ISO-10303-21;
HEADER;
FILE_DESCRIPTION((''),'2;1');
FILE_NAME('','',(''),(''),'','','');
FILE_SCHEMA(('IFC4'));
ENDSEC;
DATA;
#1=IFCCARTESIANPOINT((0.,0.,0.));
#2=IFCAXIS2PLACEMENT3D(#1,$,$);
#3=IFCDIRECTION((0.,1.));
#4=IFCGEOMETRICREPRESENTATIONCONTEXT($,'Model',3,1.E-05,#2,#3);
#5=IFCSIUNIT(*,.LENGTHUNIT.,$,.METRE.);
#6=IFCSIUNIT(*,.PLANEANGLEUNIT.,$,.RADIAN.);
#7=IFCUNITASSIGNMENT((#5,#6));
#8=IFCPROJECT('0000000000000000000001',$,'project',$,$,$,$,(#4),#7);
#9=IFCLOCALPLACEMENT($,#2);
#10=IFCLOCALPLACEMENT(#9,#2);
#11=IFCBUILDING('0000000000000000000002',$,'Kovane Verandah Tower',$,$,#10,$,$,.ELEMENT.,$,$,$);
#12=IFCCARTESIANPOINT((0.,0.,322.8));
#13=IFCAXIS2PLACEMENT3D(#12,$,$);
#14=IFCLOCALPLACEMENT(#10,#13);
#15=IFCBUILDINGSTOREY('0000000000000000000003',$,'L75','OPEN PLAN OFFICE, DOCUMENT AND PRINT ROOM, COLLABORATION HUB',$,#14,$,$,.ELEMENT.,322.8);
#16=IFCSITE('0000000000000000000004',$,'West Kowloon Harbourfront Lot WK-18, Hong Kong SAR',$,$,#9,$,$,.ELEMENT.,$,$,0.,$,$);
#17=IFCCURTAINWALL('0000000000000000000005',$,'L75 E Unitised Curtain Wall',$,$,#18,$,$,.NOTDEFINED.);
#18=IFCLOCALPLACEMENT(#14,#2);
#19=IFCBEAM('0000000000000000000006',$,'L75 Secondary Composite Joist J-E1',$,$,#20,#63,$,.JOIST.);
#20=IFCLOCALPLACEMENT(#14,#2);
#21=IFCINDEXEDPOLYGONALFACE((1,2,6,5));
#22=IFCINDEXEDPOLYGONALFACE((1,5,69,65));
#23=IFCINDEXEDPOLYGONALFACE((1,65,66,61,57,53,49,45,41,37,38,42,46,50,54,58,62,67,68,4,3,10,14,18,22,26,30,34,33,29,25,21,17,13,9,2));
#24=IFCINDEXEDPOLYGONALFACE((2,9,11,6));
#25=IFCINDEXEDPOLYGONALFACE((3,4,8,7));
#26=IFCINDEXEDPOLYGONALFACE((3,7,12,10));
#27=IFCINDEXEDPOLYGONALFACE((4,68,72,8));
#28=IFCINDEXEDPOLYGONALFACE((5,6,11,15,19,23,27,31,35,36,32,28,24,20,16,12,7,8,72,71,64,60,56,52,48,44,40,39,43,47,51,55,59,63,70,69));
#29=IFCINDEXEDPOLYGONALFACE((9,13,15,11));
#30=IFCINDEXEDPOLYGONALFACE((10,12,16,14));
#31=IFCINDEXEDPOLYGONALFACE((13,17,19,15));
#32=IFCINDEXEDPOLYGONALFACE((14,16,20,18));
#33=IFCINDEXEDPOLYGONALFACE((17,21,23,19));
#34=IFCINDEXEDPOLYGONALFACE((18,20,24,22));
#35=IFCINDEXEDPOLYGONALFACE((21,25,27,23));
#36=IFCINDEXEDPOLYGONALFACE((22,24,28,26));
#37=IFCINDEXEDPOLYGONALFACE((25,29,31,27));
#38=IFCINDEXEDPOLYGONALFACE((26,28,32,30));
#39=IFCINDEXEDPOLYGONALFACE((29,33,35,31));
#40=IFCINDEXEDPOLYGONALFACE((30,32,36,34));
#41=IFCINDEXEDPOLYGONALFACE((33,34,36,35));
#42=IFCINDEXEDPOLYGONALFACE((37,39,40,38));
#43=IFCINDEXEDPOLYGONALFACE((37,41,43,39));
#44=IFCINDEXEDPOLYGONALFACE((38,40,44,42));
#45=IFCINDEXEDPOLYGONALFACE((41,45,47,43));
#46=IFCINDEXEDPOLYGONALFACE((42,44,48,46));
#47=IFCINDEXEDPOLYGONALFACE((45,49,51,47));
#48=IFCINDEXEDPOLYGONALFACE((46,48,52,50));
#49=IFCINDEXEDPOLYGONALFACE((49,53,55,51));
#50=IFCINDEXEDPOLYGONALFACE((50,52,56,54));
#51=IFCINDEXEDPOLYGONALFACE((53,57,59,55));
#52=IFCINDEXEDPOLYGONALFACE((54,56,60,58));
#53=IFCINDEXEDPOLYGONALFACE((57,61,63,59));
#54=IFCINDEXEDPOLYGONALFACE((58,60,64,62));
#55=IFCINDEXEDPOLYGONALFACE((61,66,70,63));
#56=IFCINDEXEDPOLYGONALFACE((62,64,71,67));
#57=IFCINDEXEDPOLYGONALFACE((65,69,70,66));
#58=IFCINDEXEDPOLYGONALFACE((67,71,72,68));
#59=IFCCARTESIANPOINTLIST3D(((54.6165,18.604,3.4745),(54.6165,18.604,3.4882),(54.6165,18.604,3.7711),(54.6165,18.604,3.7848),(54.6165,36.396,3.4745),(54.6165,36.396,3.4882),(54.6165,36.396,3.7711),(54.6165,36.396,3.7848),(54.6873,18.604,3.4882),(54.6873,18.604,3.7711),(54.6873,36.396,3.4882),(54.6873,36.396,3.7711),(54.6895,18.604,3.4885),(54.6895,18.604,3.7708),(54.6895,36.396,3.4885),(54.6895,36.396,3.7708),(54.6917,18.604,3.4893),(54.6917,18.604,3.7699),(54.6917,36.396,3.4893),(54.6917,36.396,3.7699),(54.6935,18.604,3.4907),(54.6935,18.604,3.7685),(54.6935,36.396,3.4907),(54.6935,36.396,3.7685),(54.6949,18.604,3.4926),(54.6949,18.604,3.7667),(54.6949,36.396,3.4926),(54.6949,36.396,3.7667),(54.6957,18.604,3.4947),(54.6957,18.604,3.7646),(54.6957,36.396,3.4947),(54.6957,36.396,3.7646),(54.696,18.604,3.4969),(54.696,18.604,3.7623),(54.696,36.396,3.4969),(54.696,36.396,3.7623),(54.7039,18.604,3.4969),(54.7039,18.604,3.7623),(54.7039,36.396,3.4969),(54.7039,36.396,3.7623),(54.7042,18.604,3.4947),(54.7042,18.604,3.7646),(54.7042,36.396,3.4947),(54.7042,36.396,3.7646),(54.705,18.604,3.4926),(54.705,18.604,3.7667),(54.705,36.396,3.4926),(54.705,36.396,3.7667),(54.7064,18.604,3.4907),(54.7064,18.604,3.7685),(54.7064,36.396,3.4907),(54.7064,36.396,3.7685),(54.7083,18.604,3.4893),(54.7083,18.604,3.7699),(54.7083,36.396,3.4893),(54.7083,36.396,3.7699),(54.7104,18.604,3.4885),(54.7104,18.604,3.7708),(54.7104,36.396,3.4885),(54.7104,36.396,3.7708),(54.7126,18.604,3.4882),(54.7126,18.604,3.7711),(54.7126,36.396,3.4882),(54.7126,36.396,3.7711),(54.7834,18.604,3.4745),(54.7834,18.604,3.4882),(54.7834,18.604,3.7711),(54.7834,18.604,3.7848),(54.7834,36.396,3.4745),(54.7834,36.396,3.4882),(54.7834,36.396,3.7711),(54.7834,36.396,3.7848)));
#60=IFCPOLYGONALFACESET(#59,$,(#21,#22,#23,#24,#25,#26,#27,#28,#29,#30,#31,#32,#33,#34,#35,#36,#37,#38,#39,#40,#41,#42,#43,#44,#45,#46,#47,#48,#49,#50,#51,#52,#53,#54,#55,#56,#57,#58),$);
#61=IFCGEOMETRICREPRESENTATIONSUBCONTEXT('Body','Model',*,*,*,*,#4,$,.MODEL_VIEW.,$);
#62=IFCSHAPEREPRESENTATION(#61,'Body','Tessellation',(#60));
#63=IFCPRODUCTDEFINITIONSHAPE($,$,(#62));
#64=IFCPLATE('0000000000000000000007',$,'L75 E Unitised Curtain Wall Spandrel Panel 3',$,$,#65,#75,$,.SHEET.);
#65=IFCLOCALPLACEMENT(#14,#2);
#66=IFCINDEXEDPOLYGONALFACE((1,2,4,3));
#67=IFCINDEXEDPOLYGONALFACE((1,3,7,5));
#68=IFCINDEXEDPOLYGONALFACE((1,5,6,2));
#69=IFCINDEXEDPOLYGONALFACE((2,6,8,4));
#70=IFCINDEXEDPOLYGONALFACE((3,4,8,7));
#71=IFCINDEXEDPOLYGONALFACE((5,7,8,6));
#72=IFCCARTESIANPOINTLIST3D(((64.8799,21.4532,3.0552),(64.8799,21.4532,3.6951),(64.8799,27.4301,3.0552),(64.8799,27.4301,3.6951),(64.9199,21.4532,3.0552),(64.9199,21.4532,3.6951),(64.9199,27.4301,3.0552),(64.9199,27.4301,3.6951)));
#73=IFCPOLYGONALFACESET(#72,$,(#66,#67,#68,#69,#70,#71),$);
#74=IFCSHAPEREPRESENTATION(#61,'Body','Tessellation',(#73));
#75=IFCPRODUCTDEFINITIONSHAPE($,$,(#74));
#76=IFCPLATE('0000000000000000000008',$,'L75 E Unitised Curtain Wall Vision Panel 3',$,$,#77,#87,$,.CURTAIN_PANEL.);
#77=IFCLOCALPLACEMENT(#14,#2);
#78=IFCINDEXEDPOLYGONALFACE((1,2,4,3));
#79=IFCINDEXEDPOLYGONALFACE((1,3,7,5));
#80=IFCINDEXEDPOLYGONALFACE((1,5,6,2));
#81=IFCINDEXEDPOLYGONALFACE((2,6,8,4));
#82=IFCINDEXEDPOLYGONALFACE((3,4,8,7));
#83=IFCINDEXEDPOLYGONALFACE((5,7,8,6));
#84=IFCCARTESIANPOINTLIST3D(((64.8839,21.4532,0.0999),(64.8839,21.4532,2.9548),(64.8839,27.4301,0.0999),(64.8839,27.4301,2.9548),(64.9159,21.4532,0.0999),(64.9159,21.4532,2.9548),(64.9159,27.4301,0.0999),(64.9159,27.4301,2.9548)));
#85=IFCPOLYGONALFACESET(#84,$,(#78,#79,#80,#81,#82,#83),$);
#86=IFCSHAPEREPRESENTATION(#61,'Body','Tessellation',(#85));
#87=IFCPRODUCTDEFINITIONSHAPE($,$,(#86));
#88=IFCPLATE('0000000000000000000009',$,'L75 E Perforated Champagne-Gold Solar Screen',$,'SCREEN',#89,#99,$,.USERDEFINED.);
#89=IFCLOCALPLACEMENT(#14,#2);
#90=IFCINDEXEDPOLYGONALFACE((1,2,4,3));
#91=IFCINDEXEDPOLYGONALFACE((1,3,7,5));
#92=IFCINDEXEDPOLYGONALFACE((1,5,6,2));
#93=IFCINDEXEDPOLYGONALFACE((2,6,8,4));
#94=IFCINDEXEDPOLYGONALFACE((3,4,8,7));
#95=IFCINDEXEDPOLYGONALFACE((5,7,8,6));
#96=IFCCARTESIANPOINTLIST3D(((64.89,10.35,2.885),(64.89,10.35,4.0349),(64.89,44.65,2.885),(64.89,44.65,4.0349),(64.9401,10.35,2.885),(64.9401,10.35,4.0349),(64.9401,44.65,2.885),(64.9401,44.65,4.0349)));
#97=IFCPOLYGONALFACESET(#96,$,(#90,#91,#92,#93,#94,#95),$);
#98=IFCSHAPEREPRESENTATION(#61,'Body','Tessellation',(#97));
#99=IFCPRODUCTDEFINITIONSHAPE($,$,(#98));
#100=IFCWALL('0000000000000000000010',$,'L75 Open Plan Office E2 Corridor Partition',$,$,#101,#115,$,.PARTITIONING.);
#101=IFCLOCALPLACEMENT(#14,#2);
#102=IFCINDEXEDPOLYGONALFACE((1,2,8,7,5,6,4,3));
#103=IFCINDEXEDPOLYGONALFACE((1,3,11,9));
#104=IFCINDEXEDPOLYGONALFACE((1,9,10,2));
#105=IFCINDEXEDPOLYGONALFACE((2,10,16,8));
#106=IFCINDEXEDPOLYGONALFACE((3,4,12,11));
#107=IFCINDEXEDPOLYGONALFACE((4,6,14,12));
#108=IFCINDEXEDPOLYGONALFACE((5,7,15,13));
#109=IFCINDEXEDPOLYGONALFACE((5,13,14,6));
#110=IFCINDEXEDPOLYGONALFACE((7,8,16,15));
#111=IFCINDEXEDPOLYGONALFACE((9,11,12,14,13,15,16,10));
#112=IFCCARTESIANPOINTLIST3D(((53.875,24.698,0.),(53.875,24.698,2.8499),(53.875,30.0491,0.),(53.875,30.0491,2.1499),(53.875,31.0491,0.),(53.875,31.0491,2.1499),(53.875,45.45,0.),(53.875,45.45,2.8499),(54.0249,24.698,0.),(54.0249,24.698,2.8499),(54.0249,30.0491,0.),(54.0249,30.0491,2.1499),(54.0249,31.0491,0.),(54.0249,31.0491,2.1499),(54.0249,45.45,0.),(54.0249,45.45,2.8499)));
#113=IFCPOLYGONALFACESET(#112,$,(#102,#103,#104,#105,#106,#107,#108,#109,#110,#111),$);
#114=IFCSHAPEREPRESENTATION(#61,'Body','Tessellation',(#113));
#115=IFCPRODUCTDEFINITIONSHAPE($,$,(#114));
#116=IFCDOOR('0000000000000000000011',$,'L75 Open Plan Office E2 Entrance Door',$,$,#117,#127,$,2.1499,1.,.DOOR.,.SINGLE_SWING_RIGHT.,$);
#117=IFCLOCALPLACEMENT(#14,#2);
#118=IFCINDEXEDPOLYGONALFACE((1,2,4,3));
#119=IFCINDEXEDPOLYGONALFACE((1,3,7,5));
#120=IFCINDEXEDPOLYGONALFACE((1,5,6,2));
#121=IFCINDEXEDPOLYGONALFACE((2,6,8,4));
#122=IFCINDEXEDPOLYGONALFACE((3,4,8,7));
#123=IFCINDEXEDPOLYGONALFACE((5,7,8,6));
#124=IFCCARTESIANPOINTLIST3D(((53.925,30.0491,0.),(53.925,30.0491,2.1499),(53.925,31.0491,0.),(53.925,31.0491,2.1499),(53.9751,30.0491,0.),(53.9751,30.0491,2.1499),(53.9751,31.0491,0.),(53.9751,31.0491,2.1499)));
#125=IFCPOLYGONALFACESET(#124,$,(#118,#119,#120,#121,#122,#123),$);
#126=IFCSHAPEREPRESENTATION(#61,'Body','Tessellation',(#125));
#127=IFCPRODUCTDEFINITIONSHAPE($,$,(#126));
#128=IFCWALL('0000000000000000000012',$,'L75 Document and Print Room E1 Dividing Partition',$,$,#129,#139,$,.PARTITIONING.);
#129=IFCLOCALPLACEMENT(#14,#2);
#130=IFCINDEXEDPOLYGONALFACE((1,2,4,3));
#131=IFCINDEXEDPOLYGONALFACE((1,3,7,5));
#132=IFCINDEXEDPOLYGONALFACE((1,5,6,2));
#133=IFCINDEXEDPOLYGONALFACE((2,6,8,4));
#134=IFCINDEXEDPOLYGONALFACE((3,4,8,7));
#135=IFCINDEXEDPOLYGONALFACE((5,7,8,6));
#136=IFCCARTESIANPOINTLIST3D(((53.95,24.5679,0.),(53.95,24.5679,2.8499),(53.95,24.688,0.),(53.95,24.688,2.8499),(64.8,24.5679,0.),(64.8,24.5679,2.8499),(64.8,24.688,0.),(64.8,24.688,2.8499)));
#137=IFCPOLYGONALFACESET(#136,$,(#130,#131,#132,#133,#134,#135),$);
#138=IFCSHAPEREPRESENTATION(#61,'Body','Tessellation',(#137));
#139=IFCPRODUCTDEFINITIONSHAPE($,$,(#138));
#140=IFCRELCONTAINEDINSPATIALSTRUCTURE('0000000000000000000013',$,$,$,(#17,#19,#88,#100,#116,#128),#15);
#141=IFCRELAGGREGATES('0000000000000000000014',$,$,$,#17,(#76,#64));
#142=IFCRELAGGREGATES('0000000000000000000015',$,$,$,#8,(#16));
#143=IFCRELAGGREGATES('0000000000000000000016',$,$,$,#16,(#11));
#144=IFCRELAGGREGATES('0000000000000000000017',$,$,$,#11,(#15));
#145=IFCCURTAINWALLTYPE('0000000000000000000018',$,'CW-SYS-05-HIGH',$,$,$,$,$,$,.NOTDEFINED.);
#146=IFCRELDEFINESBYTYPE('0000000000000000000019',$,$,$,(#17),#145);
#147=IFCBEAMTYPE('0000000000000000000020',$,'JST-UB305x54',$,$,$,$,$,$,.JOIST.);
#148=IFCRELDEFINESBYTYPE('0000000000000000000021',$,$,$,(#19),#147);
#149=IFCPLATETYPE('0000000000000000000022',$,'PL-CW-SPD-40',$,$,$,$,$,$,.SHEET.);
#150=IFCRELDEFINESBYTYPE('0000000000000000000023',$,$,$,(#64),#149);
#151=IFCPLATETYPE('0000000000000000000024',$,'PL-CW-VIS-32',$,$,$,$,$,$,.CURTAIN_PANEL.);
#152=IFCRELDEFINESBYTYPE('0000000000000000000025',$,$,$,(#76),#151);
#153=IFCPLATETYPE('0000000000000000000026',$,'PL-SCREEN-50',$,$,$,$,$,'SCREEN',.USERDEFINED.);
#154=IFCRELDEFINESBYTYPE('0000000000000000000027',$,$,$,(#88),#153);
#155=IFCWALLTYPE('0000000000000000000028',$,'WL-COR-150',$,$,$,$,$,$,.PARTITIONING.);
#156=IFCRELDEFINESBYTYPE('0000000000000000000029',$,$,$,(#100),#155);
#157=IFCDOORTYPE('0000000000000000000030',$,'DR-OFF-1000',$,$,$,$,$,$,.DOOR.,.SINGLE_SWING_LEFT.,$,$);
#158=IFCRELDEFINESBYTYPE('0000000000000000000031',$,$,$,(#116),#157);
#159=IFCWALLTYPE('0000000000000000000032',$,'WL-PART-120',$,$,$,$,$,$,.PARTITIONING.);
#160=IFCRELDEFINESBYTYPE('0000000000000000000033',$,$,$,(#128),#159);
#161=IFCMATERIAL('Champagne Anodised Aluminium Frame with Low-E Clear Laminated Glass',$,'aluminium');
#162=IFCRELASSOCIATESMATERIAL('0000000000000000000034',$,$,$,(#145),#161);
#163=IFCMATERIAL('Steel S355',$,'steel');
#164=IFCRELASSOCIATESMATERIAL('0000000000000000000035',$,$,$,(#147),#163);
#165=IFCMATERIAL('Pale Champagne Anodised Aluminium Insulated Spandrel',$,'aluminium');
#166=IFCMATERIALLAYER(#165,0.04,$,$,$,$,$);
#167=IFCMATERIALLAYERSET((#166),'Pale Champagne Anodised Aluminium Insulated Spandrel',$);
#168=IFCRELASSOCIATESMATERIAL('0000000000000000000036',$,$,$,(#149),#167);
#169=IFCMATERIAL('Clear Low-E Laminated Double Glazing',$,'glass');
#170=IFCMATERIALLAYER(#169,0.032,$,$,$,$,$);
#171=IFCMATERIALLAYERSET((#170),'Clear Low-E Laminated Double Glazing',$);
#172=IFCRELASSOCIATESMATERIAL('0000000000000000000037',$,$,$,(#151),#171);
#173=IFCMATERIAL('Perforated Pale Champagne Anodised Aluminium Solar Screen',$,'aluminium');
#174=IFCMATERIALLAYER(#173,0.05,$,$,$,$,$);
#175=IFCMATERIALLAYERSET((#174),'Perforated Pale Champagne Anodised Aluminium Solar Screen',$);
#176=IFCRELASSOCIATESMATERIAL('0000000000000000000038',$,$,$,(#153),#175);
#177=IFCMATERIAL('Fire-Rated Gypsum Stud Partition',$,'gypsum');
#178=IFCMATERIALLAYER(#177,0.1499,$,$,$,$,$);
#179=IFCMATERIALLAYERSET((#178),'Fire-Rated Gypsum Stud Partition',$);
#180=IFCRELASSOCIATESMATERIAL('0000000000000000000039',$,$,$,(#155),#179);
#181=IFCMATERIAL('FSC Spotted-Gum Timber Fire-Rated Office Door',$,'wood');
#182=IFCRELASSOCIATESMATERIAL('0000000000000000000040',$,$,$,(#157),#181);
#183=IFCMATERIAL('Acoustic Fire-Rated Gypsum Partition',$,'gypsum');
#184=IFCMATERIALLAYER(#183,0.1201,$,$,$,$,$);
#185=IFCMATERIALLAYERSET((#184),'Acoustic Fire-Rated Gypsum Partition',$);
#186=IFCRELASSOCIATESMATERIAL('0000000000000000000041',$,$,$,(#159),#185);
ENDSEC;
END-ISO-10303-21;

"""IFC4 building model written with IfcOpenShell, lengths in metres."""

from ifc_helpers import new_model, si_unit, direction, frame, frame_2d, origin, origin_2d, place, context, subcontext, project, spatial, rectangle, i_section, extrude, material, layer, layer_set, material_profile, profile_set, type_object, element, fill, aggregate, save


model = new_model("IFC4")

# Units and contexts
model_context = context("Model", 3, precision=1e-05, world=origin(), true_north=direction((0.0, 1.0)))
body_context = subcontext(model_context, "Body", "Model", "MODEL_VIEW")
ifc_project = project(units=[si_unit("LENGTHUNIT", "METRE"), si_unit("PLANEANGLEUNIT", "RADIAN")], contexts=[model_context])

# Site, building, storey
site_placement = place(None, origin())
site = spatial("IfcSite", under=ifc_project, at=site_placement, Name="West Kowloon Harbourfront Lot WK-18, Hong Kong SAR", CompositionType="ELEMENT", RefElevation=0.0)
building_placement = place(site_placement, origin())
building = spatial("IfcBuilding", under=site, at=building_placement, Name="Kovane Verandah Tower", CompositionType="ELEMENT")
storey_placement = place(building_placement, frame((0.0, 0.0, 322.8)))
storey = spatial("IfcBuildingStorey", under=building, at=storey_placement, Name="L75", Description="OPEN PLAN OFFICE, DOCUMENT AND PRINT ROOM, COLLABORATION HUB", CompositionType="ELEMENT", Elevation=322.8)

# Shared definitions
ifc_material_1 = material(Name="Steel S355", Category="steel")

# Curtain wall
ifc_material_2 = material(Name="Champagne Anodised Aluminium Frame with Low-E Clear Laminated Glass", Category="aluminium")
curtain_wall_type = type_object("IfcCurtainWallType", Name="CW-SYS-05-HIGH", PredefinedType="NOTDEFINED", material=ifc_material_2)
curtain_wall_placement = place(storey_placement, origin())
curtain_wall = element("IfcCurtainWall", 1, at=curtain_wall_placement, inside=storey, type_object=curtain_wall_type, Name="L75 E Unitised Curtain Wall", PredefinedType="NOTDEFINED")

# Beam
ifc_material_profile_1 = material_profile(ifc_material_1, i_section(OverallWidth=0.167, OverallDepth=0.3103, WebThickness=0.0078, FlangeThickness=0.0137, FilletRadius=0.0088, at=origin_2d()), Name="UB305x165x54")
ifc_profile_set_1 = profile_set([ifc_material_profile_1], Name="Steel S355")
beam_type_1 = type_object("IfcBeamType", Name="JST-UB305x54", PredefinedType="JOIST", material=ifc_profile_set_1)
beam_1_placement = place(storey_placement, frame((54.7, 18.604, 3.6296), z_axis=(0.0, 1.0, 0.0), x_axis=(-1.0, 0.0, 0.0)))
element("IfcBeam", 2, at=beam_1_placement, inside=storey, type_object=beam_type_1, Name="L75 Secondary Composite Joist J-E1", PredefinedType="JOIST", context=body_context, shape_type="SweptSolid", body=[
    extrude(i_section(OverallWidth=0.167, OverallDepth=0.3103, WebThickness=0.0078, FlangeThickness=0.0137, FilletRadius=0.0088, at=origin_2d()), origin(), (0.0, 0.0, 1.0), 17.792),
])

# Plates
ifc_material_3 = material(Name="Pale Champagne Anodised Aluminium Insulated Spandrel", Category="aluminium")
ifc_layer_1 = layer(ifc_material_3, 0.04)
ifc_layer_set_1 = layer_set([ifc_layer_1], Name="Pale Champagne Anodised Aluminium Insulated Spandrel")
plate_type_1 = type_object("IfcPlateType", Name="PL-CW-SPD-40", PredefinedType="SHEET", material=ifc_layer_set_1)
plate_1_placement = place(storey_placement, frame((64.8999, 24.4417, 3.0552), z_axis=(0.0, 0.0, 1.0), x_axis=(0.0, 1.0, 0.0)))
plate_1 = element("IfcPlate", 3, at=plate_1_placement, type_object=plate_type_1, Name="L75 E Unitised Curtain Wall Spandrel Panel 3", PredefinedType="SHEET", context=body_context, shape_type="SweptSolid", body=[
    extrude(rectangle(XDim=5.9768, YDim=0.04, at=origin_2d()), origin(), (0.0, 0.0, 1.0), 0.6399),
])
ifc_material_4 = material(Name="Clear Low-E Laminated Double Glazing", Category="glass")
ifc_layer_2 = layer(ifc_material_4, 0.032)
ifc_layer_set_2 = layer_set([ifc_layer_2], Name="Clear Low-E Laminated Double Glazing")
plate_type_2 = type_object("IfcPlateType", Name="PL-CW-VIS-32", PredefinedType="CURTAIN_PANEL", material=ifc_layer_set_2)
plate_2_placement = place(storey_placement, frame((64.8999, 24.4417, 0.0999), z_axis=(0.0, 0.0, 1.0), x_axis=(0.0, 1.0, 0.0)))
plate_2 = element("IfcPlate", 4, at=plate_2_placement, type_object=plate_type_2, Name="L75 E Unitised Curtain Wall Vision Panel 3", PredefinedType="CURTAIN_PANEL", context=body_context, shape_type="SweptSolid", body=[
    extrude(rectangle(XDim=5.9768, YDim=0.032, at=origin_2d()), origin(), (0.0, 0.0, 1.0), 2.855),
])
aggregate(curtain_wall, [plate_2, plate_1])
ifc_material_5 = material(Name="Perforated Pale Champagne Anodised Aluminium Solar Screen", Category="aluminium")
ifc_layer_3 = layer(ifc_material_5, 0.05)
ifc_layer_set_3 = layer_set([ifc_layer_3], Name="Perforated Pale Champagne Anodised Aluminium Solar Screen")
plate_type_3 = type_object("IfcPlateType", Name="PL-SCREEN-50", ElementType="SCREEN", PredefinedType="USERDEFINED", material=ifc_layer_set_3)
plate_3_placement = place(storey_placement, frame((64.915, 27.5, 2.885), z_axis=(0.0, 0.0, 1.0), x_axis=(0.0, 1.0, 0.0)))
element("IfcPlate", 5, at=plate_3_placement, inside=storey, type_object=plate_type_3, Name="L75 E Perforated Champagne-Gold Solar Screen", ObjectType="SCREEN", PredefinedType="USERDEFINED", context=body_context, shape_type="SweptSolid", body=[
    extrude(rectangle(XDim=34.3, YDim=0.05, at=origin_2d()), origin(), (0.0, 0.0, 1.0), 1.1499),
])

# Wall, opening, door
ifc_material_6 = material(Name="Fire-Rated Gypsum Stud Partition", Category="gypsum")
ifc_layer_4 = layer(ifc_material_6, 0.1499)
ifc_layer_set_4 = layer_set([ifc_layer_4], Name="Fire-Rated Gypsum Stud Partition")
wall_type_1 = type_object("IfcWallType", Name="WL-COR-150", PredefinedType="PARTITIONING", material=ifc_layer_set_4)
wall_1_placement = place(storey_placement, frame((53.95, 24.698, 0.0), z_axis=(0.0, 0.0, 1.0), x_axis=(0.0, 1.0, 0.0)))
wall_1 = element("IfcWall", 6, at=wall_1_placement, inside=storey, type_object=wall_type_1, Name="L75 Open Plan Office E2 Corridor Partition", PredefinedType="PARTITIONING", context=body_context, shape_type="SweptSolid", body=[
    extrude(rectangle(XDim=20.752, YDim=0.1499, at=frame_2d((10.376, 0.0))), origin(), (0.0, 0.0, 1.0), 2.8499),
])
opening_1_placement = place(wall_1_placement, frame((5.3511, 0.0, 0.0)))
opening_1 = element("IfcOpeningElement", 7, at=opening_1_placement, cuts=wall_1, PredefinedType="OPENING", context=body_context, shape_type="SweptSolid", body=[
    extrude(rectangle(XDim=1.0, YDim=2.1499, at=frame_2d((0.5, 1.075))), frame((0.0, 0.075, 0.0), z_axis=(0.0, -1.0, 0.0), x_axis=(1.0, 0.0, 0.0)), (0.0, 0.0, 1.0), 0.1499),
])
ifc_material_7 = material(Name="FSC Spotted-Gum Timber Fire-Rated Office Door", Category="wood")
door_type_1 = type_object("IfcDoorType", Name="DR-OFF-1000", OperationType="SINGLE_SWING_LEFT", PredefinedType="DOOR", material=ifc_material_7)
door_1_placement = place(opening_1_placement, origin())
door_1 = element("IfcDoor", 8, at=door_1_placement, inside=storey, type_object=door_type_1, Name="L75 Open Plan Office E2 Entrance Door", OperationType="SINGLE_SWING_RIGHT", OverallHeight=2.1499, OverallWidth=1.0, PredefinedType="DOOR", context=body_context, shape_type="SweptSolid", body=[
    extrude(rectangle(XDim=1.0, YDim=2.1499, at=frame_2d((0.5, 1.075))), frame((0.0, 0.0249, 0.0), z_axis=(0.0, -1.0, 0.0), x_axis=(1.0, 0.0, 0.0)), (0.0, 0.0, 1.0), 0.05),
])
fill(opening_1, door_1)

# Wall
ifc_material_8 = material(Name="Acoustic Fire-Rated Gypsum Partition", Category="gypsum")
ifc_layer_5 = layer(ifc_material_8, 0.1201)
ifc_layer_set_5 = layer_set([ifc_layer_5], Name="Acoustic Fire-Rated Gypsum Partition")
wall_type_2 = type_object("IfcWallType", Name="WL-PART-120", PredefinedType="PARTITIONING", material=ifc_layer_set_5)
wall_2_placement = place(storey_placement, frame((53.95, 24.6279, 0.0), z_axis=(0.0, 0.0, 1.0), x_axis=(1.0, 0.0, 0.0)))
element("IfcWall", 9, at=wall_2_placement, inside=storey, type_object=wall_type_2, Name="L75 Document and Print Room E1 Dividing Partition", PredefinedType="PARTITIONING", context=body_context, shape_type="SweptSolid", body=[
    extrude(rectangle(XDim=10.8501, YDim=0.1201, at=frame_2d((5.425, 0.0))), origin(), (0.0, 0.0, 1.0), 2.8499),
])

save(model, "model.ifc")
